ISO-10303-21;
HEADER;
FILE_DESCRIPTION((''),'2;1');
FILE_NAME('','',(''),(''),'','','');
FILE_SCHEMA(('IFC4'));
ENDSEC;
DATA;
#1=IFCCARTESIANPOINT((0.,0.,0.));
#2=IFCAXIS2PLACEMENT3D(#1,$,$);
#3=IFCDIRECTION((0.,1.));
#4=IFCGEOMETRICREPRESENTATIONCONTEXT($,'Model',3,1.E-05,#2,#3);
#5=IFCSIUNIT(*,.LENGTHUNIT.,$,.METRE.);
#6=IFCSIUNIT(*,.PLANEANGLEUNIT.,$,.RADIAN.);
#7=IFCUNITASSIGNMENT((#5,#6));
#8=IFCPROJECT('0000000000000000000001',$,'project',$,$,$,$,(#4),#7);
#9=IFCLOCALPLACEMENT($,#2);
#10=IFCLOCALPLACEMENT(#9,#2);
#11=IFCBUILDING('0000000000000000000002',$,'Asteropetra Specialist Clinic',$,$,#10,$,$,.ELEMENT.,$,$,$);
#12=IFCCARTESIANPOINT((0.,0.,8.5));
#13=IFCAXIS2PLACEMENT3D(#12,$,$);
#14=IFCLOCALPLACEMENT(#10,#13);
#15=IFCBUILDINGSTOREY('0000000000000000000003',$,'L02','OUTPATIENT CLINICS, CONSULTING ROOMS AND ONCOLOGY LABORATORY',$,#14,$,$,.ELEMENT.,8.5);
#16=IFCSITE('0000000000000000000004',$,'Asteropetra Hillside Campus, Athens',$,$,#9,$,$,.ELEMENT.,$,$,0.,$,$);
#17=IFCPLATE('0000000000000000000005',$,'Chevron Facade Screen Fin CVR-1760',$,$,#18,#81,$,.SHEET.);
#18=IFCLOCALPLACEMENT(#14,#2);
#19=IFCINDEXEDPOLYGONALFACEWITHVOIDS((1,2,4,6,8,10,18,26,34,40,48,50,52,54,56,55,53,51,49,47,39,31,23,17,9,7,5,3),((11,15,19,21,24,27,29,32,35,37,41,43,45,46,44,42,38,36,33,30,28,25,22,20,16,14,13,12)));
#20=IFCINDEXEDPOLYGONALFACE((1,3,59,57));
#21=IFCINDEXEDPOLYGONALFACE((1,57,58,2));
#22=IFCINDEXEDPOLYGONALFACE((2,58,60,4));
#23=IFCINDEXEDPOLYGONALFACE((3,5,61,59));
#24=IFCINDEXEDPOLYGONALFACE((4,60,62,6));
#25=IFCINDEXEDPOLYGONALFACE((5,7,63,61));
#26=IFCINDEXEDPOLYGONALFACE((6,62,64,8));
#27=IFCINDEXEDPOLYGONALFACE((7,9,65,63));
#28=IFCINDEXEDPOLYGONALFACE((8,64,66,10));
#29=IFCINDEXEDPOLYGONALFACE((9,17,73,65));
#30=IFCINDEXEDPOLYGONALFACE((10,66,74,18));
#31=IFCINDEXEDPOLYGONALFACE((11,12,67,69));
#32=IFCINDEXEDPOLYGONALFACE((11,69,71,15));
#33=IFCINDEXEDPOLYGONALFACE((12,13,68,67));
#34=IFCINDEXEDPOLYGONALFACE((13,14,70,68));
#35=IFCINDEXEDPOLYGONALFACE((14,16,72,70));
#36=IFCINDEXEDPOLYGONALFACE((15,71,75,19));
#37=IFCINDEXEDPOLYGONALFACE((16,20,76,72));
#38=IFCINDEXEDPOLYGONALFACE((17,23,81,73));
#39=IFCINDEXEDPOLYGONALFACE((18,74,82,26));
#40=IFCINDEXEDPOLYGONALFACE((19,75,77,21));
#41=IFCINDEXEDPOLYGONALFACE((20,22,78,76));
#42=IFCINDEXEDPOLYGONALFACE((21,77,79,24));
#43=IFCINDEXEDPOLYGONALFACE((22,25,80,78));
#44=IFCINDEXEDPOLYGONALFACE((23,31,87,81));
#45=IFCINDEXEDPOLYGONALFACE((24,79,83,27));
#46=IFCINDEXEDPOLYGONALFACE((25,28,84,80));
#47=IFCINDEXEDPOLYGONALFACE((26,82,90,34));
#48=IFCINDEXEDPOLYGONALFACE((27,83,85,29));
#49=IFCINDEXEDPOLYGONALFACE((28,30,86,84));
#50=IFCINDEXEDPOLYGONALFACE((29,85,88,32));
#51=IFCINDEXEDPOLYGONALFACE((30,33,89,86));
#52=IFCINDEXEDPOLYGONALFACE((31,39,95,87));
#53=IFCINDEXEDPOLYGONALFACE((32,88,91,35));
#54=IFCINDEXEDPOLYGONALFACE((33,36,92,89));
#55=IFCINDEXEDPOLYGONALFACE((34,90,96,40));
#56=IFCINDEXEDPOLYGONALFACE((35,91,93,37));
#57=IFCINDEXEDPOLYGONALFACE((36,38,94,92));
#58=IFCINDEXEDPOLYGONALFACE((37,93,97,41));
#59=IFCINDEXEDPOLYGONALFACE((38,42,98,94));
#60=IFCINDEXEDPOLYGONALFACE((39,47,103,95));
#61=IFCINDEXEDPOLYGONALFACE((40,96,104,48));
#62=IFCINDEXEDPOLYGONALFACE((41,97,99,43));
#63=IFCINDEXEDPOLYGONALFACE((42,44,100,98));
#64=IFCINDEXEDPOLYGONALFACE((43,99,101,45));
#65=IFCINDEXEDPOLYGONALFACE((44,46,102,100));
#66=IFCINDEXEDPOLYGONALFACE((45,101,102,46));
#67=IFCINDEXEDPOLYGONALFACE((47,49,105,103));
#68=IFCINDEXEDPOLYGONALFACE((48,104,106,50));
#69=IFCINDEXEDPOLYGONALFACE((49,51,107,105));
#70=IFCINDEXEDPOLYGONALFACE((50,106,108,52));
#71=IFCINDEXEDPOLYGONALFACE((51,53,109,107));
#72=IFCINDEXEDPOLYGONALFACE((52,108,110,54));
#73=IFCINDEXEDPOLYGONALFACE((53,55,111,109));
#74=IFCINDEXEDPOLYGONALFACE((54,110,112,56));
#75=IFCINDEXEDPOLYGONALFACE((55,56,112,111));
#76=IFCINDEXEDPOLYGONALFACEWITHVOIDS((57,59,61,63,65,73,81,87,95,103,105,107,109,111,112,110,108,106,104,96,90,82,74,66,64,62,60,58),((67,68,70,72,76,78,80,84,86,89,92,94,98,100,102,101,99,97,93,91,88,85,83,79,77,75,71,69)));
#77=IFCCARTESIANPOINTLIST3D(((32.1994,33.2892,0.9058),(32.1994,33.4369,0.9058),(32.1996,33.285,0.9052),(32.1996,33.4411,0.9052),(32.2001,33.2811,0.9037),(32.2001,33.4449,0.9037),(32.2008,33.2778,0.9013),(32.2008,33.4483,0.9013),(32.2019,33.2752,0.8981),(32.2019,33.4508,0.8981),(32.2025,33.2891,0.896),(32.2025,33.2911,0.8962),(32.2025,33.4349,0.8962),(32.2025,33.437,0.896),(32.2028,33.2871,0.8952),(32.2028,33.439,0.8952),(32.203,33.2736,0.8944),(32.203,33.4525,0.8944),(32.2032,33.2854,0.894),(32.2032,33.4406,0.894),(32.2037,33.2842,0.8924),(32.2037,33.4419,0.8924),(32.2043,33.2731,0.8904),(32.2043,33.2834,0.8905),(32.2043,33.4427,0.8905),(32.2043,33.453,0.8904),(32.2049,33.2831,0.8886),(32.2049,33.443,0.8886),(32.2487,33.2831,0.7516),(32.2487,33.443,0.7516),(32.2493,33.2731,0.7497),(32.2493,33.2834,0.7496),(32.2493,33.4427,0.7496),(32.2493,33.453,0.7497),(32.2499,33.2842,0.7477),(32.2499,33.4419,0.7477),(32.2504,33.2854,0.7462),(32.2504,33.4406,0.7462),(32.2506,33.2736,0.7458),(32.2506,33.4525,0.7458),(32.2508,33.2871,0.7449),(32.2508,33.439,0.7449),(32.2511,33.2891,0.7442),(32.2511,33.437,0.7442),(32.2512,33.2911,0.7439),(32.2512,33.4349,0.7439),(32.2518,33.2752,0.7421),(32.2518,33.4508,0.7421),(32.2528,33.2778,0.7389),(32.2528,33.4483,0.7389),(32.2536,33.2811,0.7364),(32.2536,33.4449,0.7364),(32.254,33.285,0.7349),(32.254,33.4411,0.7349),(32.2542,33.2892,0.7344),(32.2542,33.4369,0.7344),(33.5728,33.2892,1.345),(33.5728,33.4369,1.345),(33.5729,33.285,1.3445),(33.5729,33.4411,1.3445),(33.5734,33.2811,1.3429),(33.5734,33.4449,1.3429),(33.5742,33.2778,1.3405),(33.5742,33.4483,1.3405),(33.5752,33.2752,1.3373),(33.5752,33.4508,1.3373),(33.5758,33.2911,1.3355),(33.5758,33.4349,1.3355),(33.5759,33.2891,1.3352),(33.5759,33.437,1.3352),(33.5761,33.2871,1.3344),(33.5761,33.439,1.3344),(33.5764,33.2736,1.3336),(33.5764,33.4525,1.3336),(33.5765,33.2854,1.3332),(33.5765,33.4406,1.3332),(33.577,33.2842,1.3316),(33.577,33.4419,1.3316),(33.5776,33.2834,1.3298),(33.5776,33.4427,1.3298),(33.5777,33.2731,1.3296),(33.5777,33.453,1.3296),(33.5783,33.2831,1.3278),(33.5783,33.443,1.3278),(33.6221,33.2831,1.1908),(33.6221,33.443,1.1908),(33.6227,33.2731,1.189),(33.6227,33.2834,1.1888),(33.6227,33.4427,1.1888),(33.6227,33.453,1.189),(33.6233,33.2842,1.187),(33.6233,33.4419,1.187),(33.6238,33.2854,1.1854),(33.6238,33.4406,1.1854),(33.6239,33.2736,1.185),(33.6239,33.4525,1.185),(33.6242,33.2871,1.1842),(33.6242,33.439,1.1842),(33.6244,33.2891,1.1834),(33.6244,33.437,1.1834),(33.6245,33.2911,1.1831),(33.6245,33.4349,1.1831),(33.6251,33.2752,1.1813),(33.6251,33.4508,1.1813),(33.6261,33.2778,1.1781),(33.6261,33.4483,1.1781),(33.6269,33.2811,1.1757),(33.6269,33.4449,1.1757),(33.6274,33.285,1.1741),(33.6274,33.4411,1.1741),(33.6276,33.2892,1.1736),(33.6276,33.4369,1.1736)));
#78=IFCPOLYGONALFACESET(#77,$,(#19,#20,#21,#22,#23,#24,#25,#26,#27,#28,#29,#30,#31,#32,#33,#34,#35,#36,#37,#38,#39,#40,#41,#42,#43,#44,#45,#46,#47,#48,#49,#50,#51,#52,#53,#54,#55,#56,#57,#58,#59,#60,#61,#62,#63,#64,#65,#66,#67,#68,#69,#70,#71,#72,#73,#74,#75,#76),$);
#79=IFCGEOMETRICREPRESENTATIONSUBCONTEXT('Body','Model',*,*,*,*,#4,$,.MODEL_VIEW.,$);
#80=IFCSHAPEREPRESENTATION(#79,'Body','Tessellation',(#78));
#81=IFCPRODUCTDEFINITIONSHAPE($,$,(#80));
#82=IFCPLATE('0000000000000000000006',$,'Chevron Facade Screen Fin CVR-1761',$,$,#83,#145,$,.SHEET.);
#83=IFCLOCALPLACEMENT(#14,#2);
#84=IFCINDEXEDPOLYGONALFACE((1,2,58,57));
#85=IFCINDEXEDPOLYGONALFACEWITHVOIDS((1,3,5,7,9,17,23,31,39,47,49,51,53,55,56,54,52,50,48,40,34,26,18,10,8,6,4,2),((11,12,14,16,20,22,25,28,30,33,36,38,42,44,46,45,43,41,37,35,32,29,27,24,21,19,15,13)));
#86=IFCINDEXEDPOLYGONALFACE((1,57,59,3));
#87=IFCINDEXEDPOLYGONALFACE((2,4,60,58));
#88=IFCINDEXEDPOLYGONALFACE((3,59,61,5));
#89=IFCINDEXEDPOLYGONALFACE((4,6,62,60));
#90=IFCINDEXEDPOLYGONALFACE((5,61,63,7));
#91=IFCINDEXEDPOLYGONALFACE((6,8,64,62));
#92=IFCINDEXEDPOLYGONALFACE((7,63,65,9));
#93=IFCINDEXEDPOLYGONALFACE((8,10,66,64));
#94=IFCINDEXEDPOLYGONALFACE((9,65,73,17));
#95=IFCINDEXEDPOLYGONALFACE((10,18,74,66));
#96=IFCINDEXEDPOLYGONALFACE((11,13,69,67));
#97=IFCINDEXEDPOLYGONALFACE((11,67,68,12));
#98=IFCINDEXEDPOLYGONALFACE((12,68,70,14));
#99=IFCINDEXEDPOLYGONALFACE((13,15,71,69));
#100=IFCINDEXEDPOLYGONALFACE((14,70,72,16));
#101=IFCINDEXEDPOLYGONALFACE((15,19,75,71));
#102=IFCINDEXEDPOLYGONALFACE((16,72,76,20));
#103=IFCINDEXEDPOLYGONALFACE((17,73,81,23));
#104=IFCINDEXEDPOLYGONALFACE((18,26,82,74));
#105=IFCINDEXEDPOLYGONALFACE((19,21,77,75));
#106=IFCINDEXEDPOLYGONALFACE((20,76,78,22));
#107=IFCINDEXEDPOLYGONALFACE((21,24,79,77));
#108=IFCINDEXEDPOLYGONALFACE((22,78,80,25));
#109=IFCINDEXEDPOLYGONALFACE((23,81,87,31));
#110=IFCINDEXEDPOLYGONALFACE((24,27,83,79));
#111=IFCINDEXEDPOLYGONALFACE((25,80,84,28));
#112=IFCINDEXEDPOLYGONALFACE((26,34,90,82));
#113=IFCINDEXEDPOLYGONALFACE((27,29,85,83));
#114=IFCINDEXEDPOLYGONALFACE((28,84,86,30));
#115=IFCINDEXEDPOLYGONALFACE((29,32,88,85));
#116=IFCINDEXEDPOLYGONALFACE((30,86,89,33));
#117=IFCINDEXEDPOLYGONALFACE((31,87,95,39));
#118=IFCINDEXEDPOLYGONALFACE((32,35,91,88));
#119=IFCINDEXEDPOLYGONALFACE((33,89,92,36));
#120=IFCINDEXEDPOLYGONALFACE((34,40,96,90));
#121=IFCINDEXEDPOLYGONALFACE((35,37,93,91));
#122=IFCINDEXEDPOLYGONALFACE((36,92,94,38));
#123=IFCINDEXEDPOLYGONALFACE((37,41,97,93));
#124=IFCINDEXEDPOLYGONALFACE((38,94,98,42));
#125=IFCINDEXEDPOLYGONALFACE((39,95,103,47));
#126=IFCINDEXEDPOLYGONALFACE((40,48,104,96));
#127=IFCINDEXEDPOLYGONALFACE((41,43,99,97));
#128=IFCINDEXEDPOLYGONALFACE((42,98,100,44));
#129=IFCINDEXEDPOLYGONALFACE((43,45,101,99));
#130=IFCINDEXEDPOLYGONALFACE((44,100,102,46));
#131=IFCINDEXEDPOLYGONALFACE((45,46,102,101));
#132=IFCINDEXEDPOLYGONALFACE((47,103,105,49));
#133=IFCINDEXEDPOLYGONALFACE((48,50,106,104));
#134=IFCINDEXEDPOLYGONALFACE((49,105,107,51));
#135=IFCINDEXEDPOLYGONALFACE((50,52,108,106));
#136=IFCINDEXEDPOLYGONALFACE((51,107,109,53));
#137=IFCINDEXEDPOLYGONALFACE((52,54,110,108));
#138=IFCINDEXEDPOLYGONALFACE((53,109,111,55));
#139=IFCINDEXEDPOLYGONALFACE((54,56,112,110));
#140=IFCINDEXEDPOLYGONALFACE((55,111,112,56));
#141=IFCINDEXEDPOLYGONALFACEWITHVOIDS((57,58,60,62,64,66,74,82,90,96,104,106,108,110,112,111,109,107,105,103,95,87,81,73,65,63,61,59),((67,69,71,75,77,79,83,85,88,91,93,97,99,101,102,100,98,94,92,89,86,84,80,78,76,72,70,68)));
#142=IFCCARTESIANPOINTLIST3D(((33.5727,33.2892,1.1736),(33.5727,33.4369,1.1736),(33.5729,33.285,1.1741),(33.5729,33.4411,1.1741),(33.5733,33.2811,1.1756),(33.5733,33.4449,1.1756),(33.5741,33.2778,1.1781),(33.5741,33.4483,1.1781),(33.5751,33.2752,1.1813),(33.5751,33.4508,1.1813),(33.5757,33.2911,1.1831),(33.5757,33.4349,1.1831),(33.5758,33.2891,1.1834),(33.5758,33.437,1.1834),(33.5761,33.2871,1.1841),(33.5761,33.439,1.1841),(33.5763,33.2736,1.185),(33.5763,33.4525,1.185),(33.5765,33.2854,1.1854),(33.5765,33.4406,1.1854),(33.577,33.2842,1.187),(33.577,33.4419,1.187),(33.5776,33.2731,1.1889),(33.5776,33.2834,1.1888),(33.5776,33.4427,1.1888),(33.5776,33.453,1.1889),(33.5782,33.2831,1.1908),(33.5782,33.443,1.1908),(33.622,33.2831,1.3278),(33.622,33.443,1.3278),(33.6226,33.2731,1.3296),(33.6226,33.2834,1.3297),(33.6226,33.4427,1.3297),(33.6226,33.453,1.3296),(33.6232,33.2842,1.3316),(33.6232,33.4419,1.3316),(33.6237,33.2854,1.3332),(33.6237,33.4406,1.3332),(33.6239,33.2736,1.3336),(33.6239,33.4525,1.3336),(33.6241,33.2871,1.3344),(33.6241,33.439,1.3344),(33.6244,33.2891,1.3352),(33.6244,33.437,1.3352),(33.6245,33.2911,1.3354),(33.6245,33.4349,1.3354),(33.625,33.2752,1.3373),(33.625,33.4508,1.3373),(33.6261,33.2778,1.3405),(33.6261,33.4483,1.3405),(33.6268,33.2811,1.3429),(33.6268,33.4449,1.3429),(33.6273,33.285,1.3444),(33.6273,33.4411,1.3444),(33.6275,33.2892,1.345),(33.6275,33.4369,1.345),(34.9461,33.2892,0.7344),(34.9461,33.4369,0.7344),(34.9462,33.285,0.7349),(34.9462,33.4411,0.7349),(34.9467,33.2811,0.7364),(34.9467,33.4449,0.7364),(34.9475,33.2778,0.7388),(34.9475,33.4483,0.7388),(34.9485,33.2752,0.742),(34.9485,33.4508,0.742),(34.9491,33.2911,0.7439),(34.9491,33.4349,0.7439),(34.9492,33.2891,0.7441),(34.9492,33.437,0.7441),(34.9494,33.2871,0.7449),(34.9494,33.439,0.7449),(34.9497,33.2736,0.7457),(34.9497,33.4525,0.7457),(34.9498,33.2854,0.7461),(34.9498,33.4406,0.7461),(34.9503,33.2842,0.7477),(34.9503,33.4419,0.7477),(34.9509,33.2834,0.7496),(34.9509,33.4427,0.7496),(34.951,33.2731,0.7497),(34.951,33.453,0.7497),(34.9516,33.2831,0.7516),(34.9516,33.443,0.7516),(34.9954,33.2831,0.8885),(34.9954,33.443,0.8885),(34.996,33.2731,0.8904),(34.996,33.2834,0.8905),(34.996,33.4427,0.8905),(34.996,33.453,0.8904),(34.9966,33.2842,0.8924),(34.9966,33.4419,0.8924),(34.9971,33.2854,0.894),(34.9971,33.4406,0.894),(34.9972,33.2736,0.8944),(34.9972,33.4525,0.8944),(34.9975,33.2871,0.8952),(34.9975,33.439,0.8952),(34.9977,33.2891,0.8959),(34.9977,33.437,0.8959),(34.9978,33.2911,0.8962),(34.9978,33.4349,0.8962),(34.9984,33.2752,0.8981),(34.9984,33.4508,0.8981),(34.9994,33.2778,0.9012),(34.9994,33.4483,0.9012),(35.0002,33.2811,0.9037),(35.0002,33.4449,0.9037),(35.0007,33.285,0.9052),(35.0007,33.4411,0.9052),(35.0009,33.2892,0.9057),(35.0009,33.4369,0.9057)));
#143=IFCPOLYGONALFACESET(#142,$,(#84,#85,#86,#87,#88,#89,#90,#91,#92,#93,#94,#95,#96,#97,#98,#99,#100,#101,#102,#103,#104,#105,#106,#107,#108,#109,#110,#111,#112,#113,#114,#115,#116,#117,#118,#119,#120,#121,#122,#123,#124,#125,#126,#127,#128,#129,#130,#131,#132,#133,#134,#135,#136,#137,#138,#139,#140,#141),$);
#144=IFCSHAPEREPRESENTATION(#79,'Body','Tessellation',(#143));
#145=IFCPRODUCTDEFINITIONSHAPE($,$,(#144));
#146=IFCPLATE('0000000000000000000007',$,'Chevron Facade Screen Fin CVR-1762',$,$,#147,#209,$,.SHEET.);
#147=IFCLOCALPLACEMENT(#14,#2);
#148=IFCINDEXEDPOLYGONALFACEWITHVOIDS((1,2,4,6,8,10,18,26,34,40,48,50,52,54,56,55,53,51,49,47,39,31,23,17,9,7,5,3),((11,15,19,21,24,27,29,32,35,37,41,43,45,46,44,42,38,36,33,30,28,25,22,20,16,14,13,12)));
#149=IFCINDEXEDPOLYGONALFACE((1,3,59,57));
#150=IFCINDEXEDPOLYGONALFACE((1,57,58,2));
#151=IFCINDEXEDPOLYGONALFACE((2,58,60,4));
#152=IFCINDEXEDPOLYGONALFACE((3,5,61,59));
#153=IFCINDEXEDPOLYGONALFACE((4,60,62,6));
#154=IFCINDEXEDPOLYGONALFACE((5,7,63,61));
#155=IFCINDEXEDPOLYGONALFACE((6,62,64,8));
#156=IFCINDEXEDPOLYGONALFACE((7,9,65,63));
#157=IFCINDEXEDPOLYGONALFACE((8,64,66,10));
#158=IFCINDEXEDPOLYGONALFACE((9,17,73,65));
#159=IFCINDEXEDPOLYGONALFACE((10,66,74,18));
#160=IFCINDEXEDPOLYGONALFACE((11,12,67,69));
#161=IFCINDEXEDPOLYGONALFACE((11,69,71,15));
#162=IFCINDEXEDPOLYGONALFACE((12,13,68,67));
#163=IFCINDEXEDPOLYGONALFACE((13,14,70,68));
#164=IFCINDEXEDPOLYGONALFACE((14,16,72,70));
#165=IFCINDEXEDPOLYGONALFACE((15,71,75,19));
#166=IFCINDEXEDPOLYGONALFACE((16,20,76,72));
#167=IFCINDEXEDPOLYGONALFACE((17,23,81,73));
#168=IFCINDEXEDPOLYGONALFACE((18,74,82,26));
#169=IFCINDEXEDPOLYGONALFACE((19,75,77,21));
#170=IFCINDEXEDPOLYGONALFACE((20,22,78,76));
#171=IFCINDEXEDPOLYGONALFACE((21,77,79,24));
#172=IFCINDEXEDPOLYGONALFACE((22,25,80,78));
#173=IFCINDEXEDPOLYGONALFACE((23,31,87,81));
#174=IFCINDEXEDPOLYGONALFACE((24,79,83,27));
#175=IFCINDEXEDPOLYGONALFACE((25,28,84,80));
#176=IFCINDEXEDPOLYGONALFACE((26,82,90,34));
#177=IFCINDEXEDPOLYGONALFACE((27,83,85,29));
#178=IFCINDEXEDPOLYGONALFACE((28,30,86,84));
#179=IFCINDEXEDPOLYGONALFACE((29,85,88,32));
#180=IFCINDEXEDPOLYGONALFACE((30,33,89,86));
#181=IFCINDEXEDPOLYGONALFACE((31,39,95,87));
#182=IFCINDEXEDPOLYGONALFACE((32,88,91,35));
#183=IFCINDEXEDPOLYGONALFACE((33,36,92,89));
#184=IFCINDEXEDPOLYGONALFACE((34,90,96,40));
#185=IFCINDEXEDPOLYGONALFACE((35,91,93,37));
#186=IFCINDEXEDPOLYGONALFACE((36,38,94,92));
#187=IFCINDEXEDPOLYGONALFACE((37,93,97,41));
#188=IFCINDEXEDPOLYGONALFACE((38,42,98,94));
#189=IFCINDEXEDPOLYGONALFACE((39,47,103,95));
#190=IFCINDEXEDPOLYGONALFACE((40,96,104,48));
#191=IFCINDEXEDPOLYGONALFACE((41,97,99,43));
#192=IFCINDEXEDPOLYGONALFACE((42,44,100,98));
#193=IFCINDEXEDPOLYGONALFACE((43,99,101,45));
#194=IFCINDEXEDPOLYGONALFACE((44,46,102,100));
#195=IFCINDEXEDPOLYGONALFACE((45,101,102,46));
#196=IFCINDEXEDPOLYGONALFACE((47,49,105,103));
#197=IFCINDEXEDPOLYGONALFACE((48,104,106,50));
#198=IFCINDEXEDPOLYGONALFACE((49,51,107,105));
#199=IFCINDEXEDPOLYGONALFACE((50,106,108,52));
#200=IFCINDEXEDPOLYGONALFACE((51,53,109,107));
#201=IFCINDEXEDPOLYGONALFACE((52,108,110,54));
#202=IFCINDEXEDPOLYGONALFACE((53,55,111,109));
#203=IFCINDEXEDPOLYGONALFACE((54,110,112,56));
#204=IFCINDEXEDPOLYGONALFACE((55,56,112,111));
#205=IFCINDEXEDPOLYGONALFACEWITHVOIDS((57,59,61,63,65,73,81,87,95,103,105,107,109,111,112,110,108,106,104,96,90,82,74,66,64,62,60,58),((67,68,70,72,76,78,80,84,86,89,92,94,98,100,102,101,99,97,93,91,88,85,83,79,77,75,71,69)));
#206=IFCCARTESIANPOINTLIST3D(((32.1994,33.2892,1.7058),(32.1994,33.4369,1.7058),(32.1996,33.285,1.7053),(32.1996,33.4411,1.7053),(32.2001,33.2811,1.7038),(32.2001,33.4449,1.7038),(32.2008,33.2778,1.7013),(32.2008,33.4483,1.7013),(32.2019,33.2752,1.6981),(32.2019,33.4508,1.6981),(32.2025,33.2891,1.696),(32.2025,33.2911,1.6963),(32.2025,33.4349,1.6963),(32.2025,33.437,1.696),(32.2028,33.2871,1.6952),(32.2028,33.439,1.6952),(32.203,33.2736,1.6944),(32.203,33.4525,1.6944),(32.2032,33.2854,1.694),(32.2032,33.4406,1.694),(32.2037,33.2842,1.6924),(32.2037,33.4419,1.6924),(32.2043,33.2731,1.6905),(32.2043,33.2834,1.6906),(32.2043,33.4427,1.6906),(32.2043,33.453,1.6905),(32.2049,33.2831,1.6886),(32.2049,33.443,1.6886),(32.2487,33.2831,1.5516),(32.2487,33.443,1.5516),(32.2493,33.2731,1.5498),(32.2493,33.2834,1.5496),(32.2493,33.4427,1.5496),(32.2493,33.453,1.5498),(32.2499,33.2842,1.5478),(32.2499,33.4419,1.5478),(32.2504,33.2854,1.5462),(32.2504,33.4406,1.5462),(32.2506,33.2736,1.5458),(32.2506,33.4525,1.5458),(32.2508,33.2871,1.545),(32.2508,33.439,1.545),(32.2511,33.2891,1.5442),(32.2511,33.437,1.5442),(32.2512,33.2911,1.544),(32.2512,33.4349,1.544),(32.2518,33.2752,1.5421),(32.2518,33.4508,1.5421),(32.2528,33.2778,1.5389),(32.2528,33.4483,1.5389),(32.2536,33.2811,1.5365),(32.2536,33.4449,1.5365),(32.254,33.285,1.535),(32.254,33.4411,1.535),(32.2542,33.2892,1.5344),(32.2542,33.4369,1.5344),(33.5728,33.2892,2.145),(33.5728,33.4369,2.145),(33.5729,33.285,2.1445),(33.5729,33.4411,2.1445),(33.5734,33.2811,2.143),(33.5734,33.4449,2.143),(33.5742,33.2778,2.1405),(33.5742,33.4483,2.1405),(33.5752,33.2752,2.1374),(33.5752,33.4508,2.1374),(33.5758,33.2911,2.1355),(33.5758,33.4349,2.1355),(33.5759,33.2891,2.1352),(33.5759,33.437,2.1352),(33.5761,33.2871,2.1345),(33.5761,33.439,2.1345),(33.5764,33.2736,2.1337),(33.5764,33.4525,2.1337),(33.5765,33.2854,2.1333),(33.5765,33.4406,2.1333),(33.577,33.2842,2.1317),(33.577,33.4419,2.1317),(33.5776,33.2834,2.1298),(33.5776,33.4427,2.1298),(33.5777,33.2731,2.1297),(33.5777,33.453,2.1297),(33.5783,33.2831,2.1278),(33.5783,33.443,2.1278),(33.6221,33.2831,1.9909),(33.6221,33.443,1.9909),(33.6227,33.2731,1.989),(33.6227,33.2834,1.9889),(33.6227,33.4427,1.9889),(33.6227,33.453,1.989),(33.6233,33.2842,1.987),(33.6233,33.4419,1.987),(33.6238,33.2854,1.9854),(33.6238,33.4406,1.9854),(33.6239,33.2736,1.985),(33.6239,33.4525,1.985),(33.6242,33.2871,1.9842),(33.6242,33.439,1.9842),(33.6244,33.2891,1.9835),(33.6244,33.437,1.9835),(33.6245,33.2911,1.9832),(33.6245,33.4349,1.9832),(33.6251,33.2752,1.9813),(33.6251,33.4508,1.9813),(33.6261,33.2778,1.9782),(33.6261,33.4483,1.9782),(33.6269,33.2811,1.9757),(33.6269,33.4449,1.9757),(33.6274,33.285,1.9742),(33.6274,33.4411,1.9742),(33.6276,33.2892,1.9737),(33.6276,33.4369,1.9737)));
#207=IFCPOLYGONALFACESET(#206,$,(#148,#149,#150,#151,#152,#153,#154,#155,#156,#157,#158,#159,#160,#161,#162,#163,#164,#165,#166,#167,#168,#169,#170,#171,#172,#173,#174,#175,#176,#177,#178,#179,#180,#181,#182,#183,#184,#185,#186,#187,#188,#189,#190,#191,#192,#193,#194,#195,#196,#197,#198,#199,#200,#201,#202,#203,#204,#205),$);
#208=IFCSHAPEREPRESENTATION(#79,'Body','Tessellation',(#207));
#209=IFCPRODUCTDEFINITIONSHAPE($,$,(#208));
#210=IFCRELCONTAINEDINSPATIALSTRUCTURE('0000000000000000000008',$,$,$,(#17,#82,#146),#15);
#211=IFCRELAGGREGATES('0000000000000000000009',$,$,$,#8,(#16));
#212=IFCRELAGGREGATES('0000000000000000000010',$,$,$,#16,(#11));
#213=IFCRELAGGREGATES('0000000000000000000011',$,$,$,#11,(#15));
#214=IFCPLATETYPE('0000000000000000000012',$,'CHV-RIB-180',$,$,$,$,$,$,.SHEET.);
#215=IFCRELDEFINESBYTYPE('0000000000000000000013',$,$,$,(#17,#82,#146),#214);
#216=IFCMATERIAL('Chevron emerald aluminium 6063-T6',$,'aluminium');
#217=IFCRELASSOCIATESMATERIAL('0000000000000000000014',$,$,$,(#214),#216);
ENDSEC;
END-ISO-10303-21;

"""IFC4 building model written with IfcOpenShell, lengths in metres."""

from ifc_helpers import new_model, si_unit, direction, frame, origin, origin_2d, place, context, subcontext, project, spatial, hollow_rectangle, extrude, material, material_profile, profile_set, type_object, element, save


model = new_model("IFC4")

# Units and contexts
model_context = context("Model", 3, precision=1e-05, world=origin(), true_north=direction((0.0, 1.0)))
body_context = subcontext(model_context, "Body", "Model", "MODEL_VIEW")
ifc_project = project(units=[si_unit("LENGTHUNIT", "METRE"), si_unit("PLANEANGLEUNIT", "RADIAN")], contexts=[model_context])

# Site, building, storey
site_placement = place(None, origin())
site = spatial("IfcSite", under=ifc_project, at=site_placement, Name="Asteropetra Hillside Campus, Athens", CompositionType="ELEMENT", RefElevation=0.0)
building_placement = place(site_placement, origin())
building = spatial("IfcBuilding", under=site, at=building_placement, Name="Asteropetra Specialist Clinic", CompositionType="ELEMENT")
storey_placement = place(building_placement, frame((0.0, 0.0, 8.5)))
storey = spatial("IfcBuildingStorey", under=building, at=storey_placement, Name="L02", Description="OUTPATIENT CLINICS, CONSULTING ROOMS AND ONCOLOGY LABORATORY", CompositionType="ELEMENT", Elevation=8.5)

# Plates
ifc_material_1 = material(Name="Chevron emerald aluminium 6063-T6", Category="aluminium")
ifc_material_profile_1 = material_profile(ifc_material_1, hollow_rectangle(XDim=0.1799, YDim=0.1799, WallThickness=0.01, InnerFilletRadius=0.0081, OuterFilletRadius=0.0161, at=origin_2d()), Name="SHS 180x180x10.0")
ifc_profile_set_1 = profile_set([ifc_material_profile_1], Name="Chevron emerald aluminium 6063-T6")
plate_type_1 = type_object("IfcPlateType", Name="CHV-RIB-180", PredefinedType="SHEET", material=ifc_profile_set_1)
for number, where, z_axis, x_axis, name in (
    (1, (32.2268, 33.363, 0.8201), (0.952473, 0.0, 0.304622), (0.0, 1.0, 0.0), "Chevron Facade Screen Fin CVR-1760"),
    (2, (33.6001, 33.363, 1.2593), (0.952473, 0.0, -0.304622), (0.0, 1.0, 0.0), "Chevron Facade Screen Fin CVR-1761"),
    (3, (32.2268, 33.363, 1.6201), (0.952473, 0.0, 0.304622), (0.0, 1.0, 0.0), "Chevron Facade Screen Fin CVR-1762"),
):
    element("IfcPlate", number, at=place(storey_placement, frame(where, z_axis=z_axis, x_axis=x_axis)), inside=storey, type_object=plate_type_1, Name=name, PredefinedType="SHEET", context=body_context, shape_type="SweptSolid", body=[
        extrude(hollow_rectangle(XDim=0.1799, YDim=0.1799, WallThickness=0.01, InnerFilletRadius=0.0081, OuterFilletRadius=0.0161, at=origin_2d()), origin(), (0.0, 0.0, 1.0), 1.4419),
    ])

save(model, "model.ifc")
